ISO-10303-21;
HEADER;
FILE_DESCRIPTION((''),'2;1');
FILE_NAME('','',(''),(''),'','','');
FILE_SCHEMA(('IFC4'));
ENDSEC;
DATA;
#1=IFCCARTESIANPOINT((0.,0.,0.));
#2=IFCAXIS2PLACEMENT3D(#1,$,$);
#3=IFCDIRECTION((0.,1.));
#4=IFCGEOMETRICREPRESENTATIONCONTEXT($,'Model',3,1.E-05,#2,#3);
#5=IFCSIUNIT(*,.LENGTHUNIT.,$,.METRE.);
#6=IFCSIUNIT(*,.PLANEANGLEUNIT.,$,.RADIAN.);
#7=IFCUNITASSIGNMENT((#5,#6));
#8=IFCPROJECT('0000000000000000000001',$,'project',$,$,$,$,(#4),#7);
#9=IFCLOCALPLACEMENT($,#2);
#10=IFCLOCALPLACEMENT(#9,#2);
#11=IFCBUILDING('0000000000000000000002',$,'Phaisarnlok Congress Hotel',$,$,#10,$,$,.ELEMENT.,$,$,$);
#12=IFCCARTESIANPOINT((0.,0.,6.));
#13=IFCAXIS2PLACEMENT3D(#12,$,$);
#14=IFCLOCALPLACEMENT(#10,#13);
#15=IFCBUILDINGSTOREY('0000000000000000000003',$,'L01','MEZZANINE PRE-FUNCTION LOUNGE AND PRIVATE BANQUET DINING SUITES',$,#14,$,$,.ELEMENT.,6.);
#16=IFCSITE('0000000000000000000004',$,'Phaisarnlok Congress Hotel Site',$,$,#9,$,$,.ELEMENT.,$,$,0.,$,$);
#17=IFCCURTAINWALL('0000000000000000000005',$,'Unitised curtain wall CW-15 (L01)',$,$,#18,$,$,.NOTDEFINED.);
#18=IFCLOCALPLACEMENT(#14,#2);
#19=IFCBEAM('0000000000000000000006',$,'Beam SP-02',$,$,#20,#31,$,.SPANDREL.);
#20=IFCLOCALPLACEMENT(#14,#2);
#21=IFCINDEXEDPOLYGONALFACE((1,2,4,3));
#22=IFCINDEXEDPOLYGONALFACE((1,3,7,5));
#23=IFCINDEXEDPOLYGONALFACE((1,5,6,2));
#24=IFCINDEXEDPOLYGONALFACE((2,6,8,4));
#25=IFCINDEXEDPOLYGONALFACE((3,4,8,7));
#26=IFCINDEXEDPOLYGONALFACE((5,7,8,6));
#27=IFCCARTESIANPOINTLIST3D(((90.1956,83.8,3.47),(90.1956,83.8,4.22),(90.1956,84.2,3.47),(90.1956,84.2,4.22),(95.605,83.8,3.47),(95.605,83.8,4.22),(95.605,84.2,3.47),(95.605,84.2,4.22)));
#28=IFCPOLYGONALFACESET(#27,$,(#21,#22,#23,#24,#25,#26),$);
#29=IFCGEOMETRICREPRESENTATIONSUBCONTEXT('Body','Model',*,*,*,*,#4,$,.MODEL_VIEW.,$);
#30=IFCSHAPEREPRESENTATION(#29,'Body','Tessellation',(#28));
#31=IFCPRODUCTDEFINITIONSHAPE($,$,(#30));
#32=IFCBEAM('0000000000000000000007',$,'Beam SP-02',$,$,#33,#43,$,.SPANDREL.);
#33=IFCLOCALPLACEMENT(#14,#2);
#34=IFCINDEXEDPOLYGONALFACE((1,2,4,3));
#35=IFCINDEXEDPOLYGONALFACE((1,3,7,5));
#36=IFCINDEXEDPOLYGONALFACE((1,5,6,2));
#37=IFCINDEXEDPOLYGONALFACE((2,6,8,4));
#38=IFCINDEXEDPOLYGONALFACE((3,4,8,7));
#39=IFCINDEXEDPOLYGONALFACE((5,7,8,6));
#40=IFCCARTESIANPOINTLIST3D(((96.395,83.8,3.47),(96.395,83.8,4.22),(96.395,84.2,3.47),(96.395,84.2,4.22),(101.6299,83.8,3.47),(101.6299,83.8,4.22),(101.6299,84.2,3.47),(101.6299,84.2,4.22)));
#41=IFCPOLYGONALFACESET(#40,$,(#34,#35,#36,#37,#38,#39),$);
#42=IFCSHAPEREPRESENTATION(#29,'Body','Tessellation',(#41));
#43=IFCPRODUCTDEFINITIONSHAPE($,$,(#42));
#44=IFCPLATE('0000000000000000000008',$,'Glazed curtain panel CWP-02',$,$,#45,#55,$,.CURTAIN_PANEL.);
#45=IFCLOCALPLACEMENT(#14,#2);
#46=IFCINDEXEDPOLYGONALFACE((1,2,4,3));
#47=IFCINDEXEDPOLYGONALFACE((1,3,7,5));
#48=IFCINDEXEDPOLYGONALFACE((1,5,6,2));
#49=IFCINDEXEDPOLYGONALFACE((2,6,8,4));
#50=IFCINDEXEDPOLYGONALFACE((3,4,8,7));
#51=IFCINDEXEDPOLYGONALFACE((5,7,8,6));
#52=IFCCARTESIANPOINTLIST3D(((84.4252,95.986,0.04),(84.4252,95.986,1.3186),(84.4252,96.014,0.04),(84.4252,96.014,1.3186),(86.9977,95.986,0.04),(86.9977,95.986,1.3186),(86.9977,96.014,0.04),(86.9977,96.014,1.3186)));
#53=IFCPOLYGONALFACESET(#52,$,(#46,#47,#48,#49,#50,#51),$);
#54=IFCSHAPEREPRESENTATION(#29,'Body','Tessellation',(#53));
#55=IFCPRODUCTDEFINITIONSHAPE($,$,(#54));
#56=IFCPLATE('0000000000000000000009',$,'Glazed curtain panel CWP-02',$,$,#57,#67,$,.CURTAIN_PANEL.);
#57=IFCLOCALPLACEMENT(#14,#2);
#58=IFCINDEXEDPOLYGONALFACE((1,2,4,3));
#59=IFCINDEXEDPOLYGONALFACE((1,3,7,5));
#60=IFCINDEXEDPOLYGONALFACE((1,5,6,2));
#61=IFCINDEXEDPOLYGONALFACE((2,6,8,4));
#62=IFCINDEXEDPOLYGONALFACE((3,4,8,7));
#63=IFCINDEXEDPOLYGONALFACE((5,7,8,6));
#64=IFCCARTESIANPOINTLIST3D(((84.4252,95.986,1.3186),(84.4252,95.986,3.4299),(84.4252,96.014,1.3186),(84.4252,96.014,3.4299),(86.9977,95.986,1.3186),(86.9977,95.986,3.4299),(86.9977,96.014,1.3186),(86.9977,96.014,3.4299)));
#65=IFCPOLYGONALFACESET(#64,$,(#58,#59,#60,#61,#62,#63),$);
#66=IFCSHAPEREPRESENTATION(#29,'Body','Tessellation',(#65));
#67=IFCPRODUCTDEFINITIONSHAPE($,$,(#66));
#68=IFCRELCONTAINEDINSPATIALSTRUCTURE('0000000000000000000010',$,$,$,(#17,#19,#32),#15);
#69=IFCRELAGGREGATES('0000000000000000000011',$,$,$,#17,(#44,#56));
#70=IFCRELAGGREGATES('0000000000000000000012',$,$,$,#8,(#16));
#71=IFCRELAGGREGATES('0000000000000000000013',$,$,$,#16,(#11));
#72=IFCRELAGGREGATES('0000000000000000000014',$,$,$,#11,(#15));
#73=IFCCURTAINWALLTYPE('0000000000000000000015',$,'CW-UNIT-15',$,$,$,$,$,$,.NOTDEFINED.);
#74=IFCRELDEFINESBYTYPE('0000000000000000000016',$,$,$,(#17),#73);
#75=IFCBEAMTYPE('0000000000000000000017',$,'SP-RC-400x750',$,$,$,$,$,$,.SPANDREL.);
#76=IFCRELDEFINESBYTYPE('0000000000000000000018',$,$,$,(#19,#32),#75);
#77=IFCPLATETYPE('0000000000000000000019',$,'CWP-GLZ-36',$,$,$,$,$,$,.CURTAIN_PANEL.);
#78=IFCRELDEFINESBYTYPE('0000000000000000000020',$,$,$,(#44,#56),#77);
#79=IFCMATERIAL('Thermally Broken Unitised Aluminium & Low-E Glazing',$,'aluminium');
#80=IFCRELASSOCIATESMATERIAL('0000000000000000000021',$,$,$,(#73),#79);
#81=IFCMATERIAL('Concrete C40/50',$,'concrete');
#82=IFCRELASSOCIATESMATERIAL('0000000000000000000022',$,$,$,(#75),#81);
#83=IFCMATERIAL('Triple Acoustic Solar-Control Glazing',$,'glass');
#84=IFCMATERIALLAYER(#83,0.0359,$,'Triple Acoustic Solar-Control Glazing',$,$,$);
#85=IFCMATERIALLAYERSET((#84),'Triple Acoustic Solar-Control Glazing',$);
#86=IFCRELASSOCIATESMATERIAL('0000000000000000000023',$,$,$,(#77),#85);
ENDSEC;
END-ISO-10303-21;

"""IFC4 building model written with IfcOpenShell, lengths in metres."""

from ifc_helpers import new_model, si_unit, direction, frame, frame_2d, origin, origin_2d, place, context, subcontext, project, spatial, rectangle, extrude, material, layer, layer_set, material_profile, profile_set, type_object, element, aggregate, save


model = new_model("IFC4")

# Units and contexts
model_context = context("Model", 3, precision=1e-05, world=origin(), true_north=direction((0.0, 1.0)))
body_context = subcontext(model_context, "Body", "Model", "MODEL_VIEW")
ifc_project = project(units=[si_unit("LENGTHUNIT", "METRE"), si_unit("PLANEANGLEUNIT", "RADIAN")], contexts=[model_context])

# Site, building, storey
site_placement = place(None, origin())
site = spatial("IfcSite", under=ifc_project, at=site_placement, Name="Phaisarnlok Congress Hotel Site", CompositionType="ELEMENT", RefElevation=0.0)
building_placement = place(site_placement, origin())
building = spatial("IfcBuilding", under=site, at=building_placement, Name="Phaisarnlok Congress Hotel", CompositionType="ELEMENT")
storey_placement = place(building_placement, frame((0.0, 0.0, 6.0)))
storey = spatial("IfcBuildingStorey", under=building, at=storey_placement, Name="L01", Description="MEZZANINE PRE-FUNCTION LOUNGE AND PRIVATE BANQUET DINING SUITES", CompositionType="ELEMENT", Elevation=6.0)

# Shared definitions
ifc_material_1 = material(Name="Concrete C40/50", Category="concrete")

# Curtain wall
ifc_material_2 = material(Name="Thermally Broken Unitised Aluminium & Low-E Glazing", Category="aluminium")
curtain_wall_type = type_object("IfcCurtainWallType", Name="CW-UNIT-15", PredefinedType="NOTDEFINED", material=ifc_material_2)
curtain_wall_placement = place(storey_placement, origin())
curtain_wall = element("IfcCurtainWall", 1, at=curtain_wall_placement, inside=storey, type_object=curtain_wall_type, Name="Unitised curtain wall CW-15 (L01)", PredefinedType="NOTDEFINED")

# Beams
ifc_material_profile_1 = material_profile(ifc_material_1, rectangle(XDim=0.3999, YDim=0.75, at=origin_2d()), Name="RC 400x750")
ifc_profile_set_1 = profile_set([ifc_material_profile_1], Name="Concrete C40/50")
beam_type_1 = type_object("IfcBeamType", Name="SP-RC-400x750", PredefinedType="SPANDREL", material=ifc_profile_set_1)
beam_1_placement = place(storey_placement, frame((90.1956, 84.0, 3.845), z_axis=(1.0, 0.0, 0.0), x_axis=(0.0, 1.0, 0.0)))
element("IfcBeam", 2, at=beam_1_placement, inside=storey, type_object=beam_type_1, Name="Beam SP-02", PredefinedType="SPANDREL", context=body_context, shape_type="SweptSolid", body=[
    extrude(rectangle(XDim=0.3999, YDim=0.75, at=origin_2d()), origin(), (0.0, 0.0, 1.0), 5.4094),
])
beam_2_placement = place(storey_placement, frame((96.395, 84.0, 3.845), z_axis=(1.0, 0.0, 0.0), x_axis=(0.0, 1.0, 0.0)))
element("IfcBeam", 3, at=beam_2_placement, inside=storey, type_object=beam_type_1, Name="Beam SP-02", PredefinedType="SPANDREL", context=body_context, shape_type="SweptSolid", body=[
    extrude(rectangle(XDim=0.3999, YDim=0.75, at=origin_2d()), origin(), (0.0, 0.0, 1.0), 5.2349),
])

# Plates
ifc_material_3 = material(Name="Triple Acoustic Solar-Control Glazing", Category="glass")
ifc_layer = layer(ifc_material_3, 0.0359, Name="Triple Acoustic Solar-Control Glazing")
ifc_layer_set = layer_set([ifc_layer], Name="Triple Acoustic Solar-Control Glazing")
plate_type = type_object("IfcPlateType", Name="CWP-GLZ-36", PredefinedType="CURTAIN_PANEL", material=ifc_layer_set)
plate_1_placement = place(storey_placement, frame((86.9976, 96.0, 0.04), z_axis=(0.0, 0.0, 1.0), x_axis=(-1.0, 0.0, 0.0)))
plate_1 = element("IfcPlate", 4, at=plate_1_placement, type_object=plate_type, Name="Glazed curtain panel CWP-02", PredefinedType="CURTAIN_PANEL", context=body_context, shape_type="SweptSolid", body=[
    extrude(rectangle(XDim=2.5725, YDim=0.0281, at=frame_2d((1.2861, 0.0))), origin(), (0.0, 0.0, 1.0), 1.2786),
])
plate_2_placement = place(storey_placement, frame((86.9976, 96.0, 1.3186), z_axis=(0.0, 0.0, 1.0), x_axis=(-1.0, 0.0, 0.0)))
plate_2 = element("IfcPlate", 5, at=plate_2_placement, type_object=plate_type, Name="Glazed curtain panel CWP-02", PredefinedType="CURTAIN_PANEL", context=body_context, shape_type="SweptSolid", body=[
    extrude(rectangle(XDim=2.5725, YDim=0.0281, at=frame_2d((1.2861, 0.0))), origin(), (0.0, 0.0, 1.0), 2.1113),
])
aggregate(curtain_wall, [plate_1, plate_2])

save(model, "model.ifc")
